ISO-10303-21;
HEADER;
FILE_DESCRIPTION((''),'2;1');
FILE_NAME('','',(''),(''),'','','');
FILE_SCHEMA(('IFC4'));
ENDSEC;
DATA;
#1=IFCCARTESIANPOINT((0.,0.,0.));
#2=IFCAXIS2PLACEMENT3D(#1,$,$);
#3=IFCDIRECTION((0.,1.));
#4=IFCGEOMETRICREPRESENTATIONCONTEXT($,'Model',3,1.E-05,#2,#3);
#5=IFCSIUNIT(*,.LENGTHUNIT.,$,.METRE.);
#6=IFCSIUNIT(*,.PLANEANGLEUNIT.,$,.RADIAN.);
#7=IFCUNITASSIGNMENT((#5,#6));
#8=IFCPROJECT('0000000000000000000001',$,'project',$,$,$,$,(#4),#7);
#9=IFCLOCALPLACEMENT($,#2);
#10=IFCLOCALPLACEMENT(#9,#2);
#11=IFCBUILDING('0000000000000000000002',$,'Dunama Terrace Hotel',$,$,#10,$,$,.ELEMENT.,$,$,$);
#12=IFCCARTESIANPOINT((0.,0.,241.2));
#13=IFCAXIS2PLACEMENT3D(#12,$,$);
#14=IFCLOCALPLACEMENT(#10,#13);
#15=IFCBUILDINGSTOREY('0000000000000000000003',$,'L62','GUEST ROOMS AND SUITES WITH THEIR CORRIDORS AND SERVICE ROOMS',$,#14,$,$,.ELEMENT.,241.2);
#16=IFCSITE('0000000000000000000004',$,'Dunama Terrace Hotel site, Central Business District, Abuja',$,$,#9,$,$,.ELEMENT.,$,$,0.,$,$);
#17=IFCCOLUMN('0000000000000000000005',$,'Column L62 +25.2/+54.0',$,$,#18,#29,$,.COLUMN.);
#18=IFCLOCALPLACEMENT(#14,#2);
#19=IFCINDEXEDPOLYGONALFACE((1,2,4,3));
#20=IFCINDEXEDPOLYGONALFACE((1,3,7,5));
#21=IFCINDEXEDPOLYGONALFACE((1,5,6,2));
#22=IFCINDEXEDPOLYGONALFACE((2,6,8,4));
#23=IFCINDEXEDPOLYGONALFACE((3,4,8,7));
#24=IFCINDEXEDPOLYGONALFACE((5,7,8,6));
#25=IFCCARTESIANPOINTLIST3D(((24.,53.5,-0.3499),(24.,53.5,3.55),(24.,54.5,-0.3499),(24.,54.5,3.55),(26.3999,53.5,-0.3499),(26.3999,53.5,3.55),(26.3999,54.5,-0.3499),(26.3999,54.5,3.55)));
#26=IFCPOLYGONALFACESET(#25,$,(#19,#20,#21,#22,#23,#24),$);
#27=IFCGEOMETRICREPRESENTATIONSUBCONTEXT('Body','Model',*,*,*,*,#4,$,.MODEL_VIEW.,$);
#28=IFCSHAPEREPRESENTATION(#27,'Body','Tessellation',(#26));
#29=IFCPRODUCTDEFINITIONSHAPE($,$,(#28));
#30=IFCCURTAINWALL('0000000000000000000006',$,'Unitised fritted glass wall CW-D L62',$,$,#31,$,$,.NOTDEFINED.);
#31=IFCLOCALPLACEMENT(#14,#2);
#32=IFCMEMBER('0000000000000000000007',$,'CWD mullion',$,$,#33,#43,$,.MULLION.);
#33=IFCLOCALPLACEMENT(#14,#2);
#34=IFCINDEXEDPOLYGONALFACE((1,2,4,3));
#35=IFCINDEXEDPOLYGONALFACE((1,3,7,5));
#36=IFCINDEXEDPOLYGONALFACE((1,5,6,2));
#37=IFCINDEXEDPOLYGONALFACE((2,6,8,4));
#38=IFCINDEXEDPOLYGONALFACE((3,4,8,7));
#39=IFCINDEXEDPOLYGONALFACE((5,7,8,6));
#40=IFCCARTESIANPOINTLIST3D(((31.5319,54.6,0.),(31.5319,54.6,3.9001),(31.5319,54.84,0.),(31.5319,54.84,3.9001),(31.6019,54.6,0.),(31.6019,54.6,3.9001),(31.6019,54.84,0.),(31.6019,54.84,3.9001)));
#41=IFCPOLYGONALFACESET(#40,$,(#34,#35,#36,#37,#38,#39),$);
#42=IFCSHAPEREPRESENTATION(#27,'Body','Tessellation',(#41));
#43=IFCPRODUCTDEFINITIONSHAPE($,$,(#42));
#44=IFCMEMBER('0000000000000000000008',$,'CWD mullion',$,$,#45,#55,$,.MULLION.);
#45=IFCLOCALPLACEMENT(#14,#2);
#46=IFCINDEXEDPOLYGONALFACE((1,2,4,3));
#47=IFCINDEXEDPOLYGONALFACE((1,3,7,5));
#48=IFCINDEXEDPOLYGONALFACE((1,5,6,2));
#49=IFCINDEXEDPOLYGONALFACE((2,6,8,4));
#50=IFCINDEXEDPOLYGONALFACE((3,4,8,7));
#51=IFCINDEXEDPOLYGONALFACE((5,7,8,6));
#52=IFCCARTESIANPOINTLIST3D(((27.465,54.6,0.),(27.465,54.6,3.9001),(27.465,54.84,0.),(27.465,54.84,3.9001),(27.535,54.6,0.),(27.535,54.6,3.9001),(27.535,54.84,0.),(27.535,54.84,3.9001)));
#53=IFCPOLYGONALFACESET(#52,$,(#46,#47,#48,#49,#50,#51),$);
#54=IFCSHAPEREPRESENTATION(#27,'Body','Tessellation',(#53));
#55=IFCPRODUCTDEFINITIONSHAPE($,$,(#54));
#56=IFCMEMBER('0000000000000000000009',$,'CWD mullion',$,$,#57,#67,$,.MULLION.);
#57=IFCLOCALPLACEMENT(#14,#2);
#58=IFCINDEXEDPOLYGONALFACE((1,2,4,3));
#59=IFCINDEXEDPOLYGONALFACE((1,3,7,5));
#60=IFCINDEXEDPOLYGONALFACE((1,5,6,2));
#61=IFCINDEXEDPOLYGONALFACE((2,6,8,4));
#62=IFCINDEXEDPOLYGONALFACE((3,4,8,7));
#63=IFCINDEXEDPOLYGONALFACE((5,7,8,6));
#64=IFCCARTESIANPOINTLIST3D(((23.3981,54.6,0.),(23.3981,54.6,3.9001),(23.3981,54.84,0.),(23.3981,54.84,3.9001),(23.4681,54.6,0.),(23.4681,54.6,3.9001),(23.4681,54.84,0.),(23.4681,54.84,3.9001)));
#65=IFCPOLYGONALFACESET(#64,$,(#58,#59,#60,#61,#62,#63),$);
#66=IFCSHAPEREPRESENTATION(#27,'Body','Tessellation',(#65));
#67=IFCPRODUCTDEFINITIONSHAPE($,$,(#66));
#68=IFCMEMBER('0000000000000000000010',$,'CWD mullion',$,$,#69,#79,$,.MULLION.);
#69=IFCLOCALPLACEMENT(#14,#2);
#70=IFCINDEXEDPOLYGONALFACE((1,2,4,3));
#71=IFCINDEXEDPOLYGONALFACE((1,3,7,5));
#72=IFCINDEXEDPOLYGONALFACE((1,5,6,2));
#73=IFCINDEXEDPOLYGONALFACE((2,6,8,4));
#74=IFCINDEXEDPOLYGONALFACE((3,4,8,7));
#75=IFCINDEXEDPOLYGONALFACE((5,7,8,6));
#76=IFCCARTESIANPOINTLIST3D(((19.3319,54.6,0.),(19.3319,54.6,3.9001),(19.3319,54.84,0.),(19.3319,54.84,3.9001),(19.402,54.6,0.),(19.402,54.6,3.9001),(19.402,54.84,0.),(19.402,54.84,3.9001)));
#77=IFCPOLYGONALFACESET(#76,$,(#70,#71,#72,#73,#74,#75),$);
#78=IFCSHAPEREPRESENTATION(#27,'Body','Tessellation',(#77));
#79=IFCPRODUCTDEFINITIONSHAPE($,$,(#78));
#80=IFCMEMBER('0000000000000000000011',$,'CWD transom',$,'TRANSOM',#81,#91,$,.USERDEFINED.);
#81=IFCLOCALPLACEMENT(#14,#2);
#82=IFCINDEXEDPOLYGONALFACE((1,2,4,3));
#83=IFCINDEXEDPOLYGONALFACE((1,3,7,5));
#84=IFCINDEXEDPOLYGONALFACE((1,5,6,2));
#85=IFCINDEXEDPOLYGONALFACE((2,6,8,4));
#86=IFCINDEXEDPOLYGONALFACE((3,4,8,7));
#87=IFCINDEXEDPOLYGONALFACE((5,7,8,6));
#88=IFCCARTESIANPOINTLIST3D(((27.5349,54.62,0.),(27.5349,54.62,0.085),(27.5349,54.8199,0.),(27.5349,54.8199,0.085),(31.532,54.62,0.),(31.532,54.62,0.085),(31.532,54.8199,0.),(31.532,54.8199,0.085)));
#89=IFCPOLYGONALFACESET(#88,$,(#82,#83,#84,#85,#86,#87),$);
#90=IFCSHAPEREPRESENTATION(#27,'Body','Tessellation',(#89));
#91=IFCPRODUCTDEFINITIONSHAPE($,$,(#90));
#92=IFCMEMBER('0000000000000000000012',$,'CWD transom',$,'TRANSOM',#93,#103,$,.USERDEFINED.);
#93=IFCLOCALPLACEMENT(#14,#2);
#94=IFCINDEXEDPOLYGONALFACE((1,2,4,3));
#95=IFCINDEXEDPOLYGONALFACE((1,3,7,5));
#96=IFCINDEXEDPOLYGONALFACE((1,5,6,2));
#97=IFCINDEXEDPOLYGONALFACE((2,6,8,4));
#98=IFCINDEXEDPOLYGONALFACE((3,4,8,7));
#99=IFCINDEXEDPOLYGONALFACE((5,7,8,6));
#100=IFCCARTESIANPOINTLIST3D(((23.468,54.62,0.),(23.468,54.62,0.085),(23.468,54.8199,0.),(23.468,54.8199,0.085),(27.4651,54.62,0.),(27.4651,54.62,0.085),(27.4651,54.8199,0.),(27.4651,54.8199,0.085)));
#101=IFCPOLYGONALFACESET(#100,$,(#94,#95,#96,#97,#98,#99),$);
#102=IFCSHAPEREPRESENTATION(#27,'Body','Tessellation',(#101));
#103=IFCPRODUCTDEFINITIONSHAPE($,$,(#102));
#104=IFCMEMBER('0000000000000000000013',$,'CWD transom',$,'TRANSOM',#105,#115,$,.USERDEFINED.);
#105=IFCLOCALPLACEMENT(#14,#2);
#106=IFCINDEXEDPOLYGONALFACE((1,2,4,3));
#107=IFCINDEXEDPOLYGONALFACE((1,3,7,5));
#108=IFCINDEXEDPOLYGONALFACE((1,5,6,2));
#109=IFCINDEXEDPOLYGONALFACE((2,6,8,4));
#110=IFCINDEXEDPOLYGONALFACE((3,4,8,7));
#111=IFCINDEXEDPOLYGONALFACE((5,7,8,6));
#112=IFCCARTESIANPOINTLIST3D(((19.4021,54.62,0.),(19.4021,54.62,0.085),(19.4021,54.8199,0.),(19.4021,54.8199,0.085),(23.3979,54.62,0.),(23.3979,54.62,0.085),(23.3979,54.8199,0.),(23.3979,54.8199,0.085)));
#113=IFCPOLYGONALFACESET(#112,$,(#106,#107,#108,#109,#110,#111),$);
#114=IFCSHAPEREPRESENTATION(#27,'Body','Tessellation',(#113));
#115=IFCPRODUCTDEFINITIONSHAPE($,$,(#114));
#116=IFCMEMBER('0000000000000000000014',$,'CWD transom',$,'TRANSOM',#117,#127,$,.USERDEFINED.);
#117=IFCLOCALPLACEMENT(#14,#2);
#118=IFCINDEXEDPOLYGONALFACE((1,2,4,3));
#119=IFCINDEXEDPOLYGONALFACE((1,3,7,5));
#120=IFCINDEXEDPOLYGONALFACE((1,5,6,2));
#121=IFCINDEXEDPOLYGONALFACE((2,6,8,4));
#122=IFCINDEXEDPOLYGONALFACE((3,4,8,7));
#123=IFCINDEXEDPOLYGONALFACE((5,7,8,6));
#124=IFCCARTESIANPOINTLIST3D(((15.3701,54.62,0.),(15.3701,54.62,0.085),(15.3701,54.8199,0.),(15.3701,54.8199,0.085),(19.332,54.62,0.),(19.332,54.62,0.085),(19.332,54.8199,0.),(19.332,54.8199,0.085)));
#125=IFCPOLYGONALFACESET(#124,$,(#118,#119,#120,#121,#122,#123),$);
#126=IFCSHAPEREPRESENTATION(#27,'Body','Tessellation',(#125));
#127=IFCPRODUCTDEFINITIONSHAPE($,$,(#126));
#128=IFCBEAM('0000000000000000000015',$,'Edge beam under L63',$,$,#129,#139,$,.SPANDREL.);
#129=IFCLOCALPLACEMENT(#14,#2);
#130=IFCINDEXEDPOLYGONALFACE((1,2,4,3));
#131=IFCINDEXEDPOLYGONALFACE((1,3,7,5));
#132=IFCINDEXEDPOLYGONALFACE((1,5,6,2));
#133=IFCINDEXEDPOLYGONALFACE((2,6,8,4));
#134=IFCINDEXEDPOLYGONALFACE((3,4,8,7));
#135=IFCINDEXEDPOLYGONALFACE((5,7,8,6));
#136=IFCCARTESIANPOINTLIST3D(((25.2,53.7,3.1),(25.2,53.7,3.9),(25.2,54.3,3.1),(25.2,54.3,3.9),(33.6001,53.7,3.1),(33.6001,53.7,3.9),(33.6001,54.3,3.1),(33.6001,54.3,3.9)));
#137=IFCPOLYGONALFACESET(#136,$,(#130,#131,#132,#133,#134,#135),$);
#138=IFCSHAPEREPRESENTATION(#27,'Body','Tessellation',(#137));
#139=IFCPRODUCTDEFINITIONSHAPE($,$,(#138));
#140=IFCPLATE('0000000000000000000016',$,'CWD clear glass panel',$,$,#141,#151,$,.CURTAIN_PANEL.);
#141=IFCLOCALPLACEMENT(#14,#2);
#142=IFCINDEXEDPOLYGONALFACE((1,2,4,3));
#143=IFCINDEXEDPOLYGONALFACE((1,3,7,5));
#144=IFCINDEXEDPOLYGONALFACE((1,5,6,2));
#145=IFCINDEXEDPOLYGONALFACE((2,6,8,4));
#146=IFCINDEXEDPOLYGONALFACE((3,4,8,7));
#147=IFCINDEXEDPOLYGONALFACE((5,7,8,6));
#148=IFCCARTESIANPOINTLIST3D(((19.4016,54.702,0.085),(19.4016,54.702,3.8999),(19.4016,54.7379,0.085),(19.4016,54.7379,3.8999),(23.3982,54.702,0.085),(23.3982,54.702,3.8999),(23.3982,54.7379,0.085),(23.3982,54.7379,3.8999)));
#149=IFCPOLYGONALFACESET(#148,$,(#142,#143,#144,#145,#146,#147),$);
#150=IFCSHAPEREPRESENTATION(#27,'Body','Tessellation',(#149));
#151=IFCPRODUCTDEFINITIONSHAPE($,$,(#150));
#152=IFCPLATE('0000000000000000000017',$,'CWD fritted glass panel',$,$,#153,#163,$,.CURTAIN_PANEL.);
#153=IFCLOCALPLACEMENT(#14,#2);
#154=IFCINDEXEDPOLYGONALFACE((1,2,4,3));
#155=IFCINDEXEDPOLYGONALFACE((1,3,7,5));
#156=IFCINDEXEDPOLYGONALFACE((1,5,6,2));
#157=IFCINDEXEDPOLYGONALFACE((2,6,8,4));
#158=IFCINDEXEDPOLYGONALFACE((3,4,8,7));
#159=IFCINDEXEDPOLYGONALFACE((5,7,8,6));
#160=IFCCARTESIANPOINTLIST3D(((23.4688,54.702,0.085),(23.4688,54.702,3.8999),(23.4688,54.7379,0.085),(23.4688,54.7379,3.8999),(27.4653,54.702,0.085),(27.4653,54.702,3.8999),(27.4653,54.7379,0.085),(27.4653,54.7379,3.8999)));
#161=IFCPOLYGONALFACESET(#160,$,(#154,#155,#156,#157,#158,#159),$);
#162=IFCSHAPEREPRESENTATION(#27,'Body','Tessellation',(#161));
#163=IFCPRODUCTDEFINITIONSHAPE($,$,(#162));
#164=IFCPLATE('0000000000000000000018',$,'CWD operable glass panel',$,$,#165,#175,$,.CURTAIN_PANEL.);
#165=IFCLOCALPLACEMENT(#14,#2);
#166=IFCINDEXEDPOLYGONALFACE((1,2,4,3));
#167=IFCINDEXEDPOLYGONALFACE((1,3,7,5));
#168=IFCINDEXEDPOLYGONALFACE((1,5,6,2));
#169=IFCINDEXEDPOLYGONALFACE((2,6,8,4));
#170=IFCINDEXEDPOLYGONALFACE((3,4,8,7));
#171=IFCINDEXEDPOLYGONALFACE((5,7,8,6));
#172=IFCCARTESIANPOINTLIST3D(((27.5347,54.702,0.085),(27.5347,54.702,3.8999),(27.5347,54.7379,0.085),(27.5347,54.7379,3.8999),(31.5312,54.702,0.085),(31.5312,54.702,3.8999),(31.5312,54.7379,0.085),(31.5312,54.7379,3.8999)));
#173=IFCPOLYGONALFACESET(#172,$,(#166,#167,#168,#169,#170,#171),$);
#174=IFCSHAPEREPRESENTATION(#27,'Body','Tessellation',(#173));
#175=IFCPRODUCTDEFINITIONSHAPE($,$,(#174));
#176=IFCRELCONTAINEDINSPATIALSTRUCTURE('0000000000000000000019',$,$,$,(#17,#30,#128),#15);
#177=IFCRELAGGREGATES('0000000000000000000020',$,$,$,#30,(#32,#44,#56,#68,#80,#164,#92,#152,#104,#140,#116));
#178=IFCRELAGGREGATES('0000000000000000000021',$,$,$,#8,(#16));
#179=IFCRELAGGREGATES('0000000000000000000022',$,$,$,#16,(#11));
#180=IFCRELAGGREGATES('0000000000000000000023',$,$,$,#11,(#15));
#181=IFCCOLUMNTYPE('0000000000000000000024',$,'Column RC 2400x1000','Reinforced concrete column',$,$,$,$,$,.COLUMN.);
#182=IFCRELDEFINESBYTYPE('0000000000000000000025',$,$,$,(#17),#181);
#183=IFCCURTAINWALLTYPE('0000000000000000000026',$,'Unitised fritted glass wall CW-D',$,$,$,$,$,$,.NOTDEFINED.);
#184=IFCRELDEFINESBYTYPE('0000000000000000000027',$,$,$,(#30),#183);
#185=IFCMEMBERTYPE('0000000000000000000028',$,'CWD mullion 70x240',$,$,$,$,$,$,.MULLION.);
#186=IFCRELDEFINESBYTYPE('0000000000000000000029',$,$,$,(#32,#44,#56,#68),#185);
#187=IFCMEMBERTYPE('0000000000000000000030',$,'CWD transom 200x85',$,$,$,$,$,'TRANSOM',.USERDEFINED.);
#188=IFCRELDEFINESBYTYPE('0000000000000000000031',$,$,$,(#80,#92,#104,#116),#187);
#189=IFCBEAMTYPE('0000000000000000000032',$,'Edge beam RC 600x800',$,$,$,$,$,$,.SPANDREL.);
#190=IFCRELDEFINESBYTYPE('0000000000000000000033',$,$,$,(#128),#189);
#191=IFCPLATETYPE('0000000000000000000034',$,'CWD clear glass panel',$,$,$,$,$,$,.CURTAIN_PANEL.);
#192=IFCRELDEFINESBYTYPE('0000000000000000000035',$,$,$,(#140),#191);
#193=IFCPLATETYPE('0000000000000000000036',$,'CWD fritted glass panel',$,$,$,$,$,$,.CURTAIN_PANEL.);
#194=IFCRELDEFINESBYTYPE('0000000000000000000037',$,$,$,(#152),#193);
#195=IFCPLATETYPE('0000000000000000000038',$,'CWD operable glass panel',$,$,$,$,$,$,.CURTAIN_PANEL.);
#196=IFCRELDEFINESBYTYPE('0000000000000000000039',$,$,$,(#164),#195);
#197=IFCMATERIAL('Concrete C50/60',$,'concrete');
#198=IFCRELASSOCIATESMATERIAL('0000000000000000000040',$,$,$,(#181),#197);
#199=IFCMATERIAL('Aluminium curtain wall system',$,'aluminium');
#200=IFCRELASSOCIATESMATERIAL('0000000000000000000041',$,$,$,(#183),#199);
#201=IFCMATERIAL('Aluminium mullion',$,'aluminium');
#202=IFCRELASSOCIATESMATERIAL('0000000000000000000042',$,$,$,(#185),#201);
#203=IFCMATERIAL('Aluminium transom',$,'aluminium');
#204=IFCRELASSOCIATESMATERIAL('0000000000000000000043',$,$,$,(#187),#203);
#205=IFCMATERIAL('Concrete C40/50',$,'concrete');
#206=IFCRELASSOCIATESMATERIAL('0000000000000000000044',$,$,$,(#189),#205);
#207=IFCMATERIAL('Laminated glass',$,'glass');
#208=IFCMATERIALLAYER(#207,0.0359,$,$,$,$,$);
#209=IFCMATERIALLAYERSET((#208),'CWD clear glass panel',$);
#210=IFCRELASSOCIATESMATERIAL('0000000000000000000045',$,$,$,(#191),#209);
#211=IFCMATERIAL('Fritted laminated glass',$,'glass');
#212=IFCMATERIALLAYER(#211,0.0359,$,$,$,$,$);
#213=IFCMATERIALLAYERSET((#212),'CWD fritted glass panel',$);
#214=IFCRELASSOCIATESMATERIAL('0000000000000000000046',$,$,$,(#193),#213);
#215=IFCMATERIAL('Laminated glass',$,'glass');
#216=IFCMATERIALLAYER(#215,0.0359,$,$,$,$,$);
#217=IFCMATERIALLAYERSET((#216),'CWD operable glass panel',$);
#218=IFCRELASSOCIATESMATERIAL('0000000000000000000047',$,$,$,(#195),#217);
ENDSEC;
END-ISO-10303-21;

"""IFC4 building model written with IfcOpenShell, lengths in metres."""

from ifc_helpers import new_model, si_unit, direction, frame, origin, origin_2d, place, context, subcontext, project, spatial, rectangle, extrude, material, layer, layer_set, material_profile, profile_set, type_object, element, aggregate, save


model = new_model("IFC4")

# Units and contexts
model_context = context("Model", 3, precision=1e-05, world=origin(), true_north=direction((0.0, 1.0)))
body_context = subcontext(model_context, "Body", "Model", "MODEL_VIEW")
ifc_project = project(units=[si_unit("LENGTHUNIT", "METRE"), si_unit("PLANEANGLEUNIT", "RADIAN")], contexts=[model_context])

# Site, building, storey
site_placement = place(None, origin())
site = spatial("IfcSite", under=ifc_project, at=site_placement, Name="Dunama Terrace Hotel site, Central Business District, Abuja", CompositionType="ELEMENT", RefElevation=0.0)
building_placement = place(site_placement, origin())
building = spatial("IfcBuilding", under=site, at=building_placement, Name="Dunama Terrace Hotel", CompositionType="ELEMENT")
storey_placement = place(building_placement, frame((0.0, 0.0, 241.2)))
storey = spatial("IfcBuildingStorey", under=building, at=storey_placement, Name="L62", Description="GUEST ROOMS AND SUITES WITH THEIR CORRIDORS AND SERVICE ROOMS", CompositionType="ELEMENT", Elevation=241.2)

# Column
ifc_material_1 = material(Name="Concrete C50/60", Category="concrete")
ifc_material_profile_1 = material_profile(ifc_material_1, rectangle(XDim=2.3999, YDim=1.0, at=origin_2d()), Name="RC 2400x1000")
ifc_profile_set_1 = profile_set([ifc_material_profile_1], Name="Concrete C50/60")
column_type = type_object("IfcColumnType", Name="Column RC 2400x1000", Description="Reinforced concrete column", PredefinedType="COLUMN", material=ifc_profile_set_1)
column_placement = place(storey_placement, frame((25.2, 54.0, -0.3499), z_axis=(0.0, 0.0, 1.0), x_axis=(1.0, 0.0, 0.0)))
element("IfcColumn", 1, at=column_placement, inside=storey, type_object=column_type, Name="Column L62 +25.2/+54.0", PredefinedType="COLUMN", context=body_context, shape_type="SweptSolid", body=[
    extrude(rectangle(XDim=2.3999, YDim=1.0, at=origin_2d()), origin(), (0.0, 0.0, 1.0), 3.8999),
])

# Curtain wall, members
ifc_material_2 = material(Name="Aluminium curtain wall system", Category="aluminium")
curtain_wall_type = type_object("IfcCurtainWallType", Name="Unitised fritted glass wall CW-D", PredefinedType="NOTDEFINED", material=ifc_material_2)
curtain_wall_placement = place(storey_placement, origin())
curtain_wall = element("IfcCurtainWall", 2, at=curtain_wall_placement, inside=storey, type_object=curtain_wall_type, Name="Unitised fritted glass wall CW-D L62", PredefinedType="NOTDEFINED")
ifc_material_3 = material(Name="Aluminium mullion", Category="aluminium")
ifc_material_profile_2 = material_profile(ifc_material_3, rectangle(XDim=0.0701, YDim=0.24, at=origin_2d()), Name="CWD MULLION 70X240")
ifc_profile_set_2 = profile_set([ifc_material_profile_2], Name="Aluminium mullion")
member_type_1 = type_object("IfcMemberType", Name="CWD mullion 70x240", PredefinedType="MULLION", material=ifc_profile_set_2)
member_1_placement = place(storey_placement, frame((31.5669, 54.72, 0.0), z_axis=(0.0, 0.0, 1.0), x_axis=(-1.0, 0.0, 0.0)))
member_1 = element("IfcMember", 3, at=member_1_placement, type_object=member_type_1, Name="CWD mullion", PredefinedType="MULLION", context=body_context, shape_type="SweptSolid", body=[
    extrude(rectangle(XDim=0.0701, YDim=0.24, at=origin_2d()), origin(), (0.0, 0.0, 1.0), 3.9001),
])
member_2_placement = place(storey_placement, frame((27.5, 54.72, 0.0), z_axis=(0.0, 0.0, 1.0), x_axis=(-1.0, 0.0, 0.0)))
member_2 = element("IfcMember", 4, at=member_2_placement, type_object=member_type_1, Name="CWD mullion", PredefinedType="MULLION", context=body_context, shape_type="SweptSolid", body=[
    extrude(rectangle(XDim=0.0701, YDim=0.24, at=origin_2d()), origin(), (0.0, 0.0, 1.0), 3.9001),
])
member_3_placement = place(storey_placement, frame((23.4331, 54.72, 0.0), z_axis=(0.0, 0.0, 1.0), x_axis=(-1.0, 0.0, 0.0)))
member_3 = element("IfcMember", 5, at=member_3_placement, type_object=member_type_1, Name="CWD mullion", PredefinedType="MULLION", context=body_context, shape_type="SweptSolid", body=[
    extrude(rectangle(XDim=0.0701, YDim=0.24, at=origin_2d()), origin(), (0.0, 0.0, 1.0), 3.9001),
])
member_4_placement = place(storey_placement, frame((19.3669, 54.72, 0.0), z_axis=(0.0, 0.0, 1.0), x_axis=(-1.0, 0.0, 0.0)))
member_4 = element("IfcMember", 6, at=member_4_placement, type_object=member_type_1, Name="CWD mullion", PredefinedType="MULLION", context=body_context, shape_type="SweptSolid", body=[
    extrude(rectangle(XDim=0.0701, YDim=0.24, at=origin_2d()), origin(), (0.0, 0.0, 1.0), 3.9001),
])
ifc_material_4 = material(Name="Aluminium transom", Category="aluminium")
ifc_material_profile_3 = material_profile(ifc_material_4, rectangle(XDim=0.2, YDim=0.085, at=origin_2d()), Name="CWD TRANSOM 200X85")
ifc_profile_set_3 = profile_set([ifc_material_profile_3], Name="Aluminium transom")
member_type_2 = type_object("IfcMemberType", Name="CWD transom 200x85", ElementType="TRANSOM", PredefinedType="USERDEFINED", material=ifc_profile_set_3)
member_5_placement = place(storey_placement, frame((31.532, 54.72, 0.0425), z_axis=(-1.0, 0.0, 0.0), x_axis=(0.0, -1.0, 0.0)))
member_5 = element("IfcMember", 7, at=member_5_placement, type_object=member_type_2, Name="CWD transom", ObjectType="TRANSOM", PredefinedType="USERDEFINED", context=body_context, shape_type="SweptSolid", body=[
    extrude(rectangle(XDim=0.2, YDim=0.085, at=origin_2d()), origin(), (0.0, 0.0, 1.0), 3.9971),
])
member_6_placement = place(storey_placement, frame((27.4651, 54.72, 0.0425), z_axis=(-1.0, 0.0, 0.0), x_axis=(0.0, -1.0, 0.0)))
member_6 = element("IfcMember", 8, at=member_6_placement, type_object=member_type_2, Name="CWD transom", ObjectType="TRANSOM", PredefinedType="USERDEFINED", context=body_context, shape_type="SweptSolid", body=[
    extrude(rectangle(XDim=0.2, YDim=0.085, at=origin_2d()), origin(), (0.0, 0.0, 1.0), 3.9971),
])
member_7_placement = place(storey_placement, frame((23.3979, 54.72, 0.0425), z_axis=(-1.0, 0.0, 0.0), x_axis=(0.0, -1.0, 0.0)))
member_7 = element("IfcMember", 9, at=member_7_placement, type_object=member_type_2, Name="CWD transom", ObjectType="TRANSOM", PredefinedType="USERDEFINED", context=body_context, shape_type="SweptSolid", body=[
    extrude(rectangle(XDim=0.2, YDim=0.085, at=origin_2d()), origin(), (0.0, 0.0, 1.0), 3.9958),
])
member_8_placement = place(storey_placement, frame((19.332, 54.72, 0.0425), z_axis=(-1.0, 0.0, 0.0), x_axis=(0.0, -1.0, 0.0)))
member_8 = element("IfcMember", 10, at=member_8_placement, type_object=member_type_2, Name="CWD transom", ObjectType="TRANSOM", PredefinedType="USERDEFINED", context=body_context, shape_type="SweptSolid", body=[
    extrude(rectangle(XDim=0.2, YDim=0.085, at=origin_2d()), origin(), (0.0, 0.0, 1.0), 3.9619),
])

# Beam
ifc_material_5 = material(Name="Concrete C40/50", Category="concrete")
ifc_material_profile_4 = material_profile(ifc_material_5, rectangle(XDim=0.6001, YDim=0.8, at=origin_2d()), Name="RC 600x800")
ifc_profile_set_4 = profile_set([ifc_material_profile_4], Name="Concrete C40/50")
beam_type = type_object("IfcBeamType", Name="Edge beam RC 600x800", PredefinedType="SPANDREL", material=ifc_profile_set_4)
beam_placement = place(storey_placement, frame((25.2, 54.0, 3.5), z_axis=(1.0, 0.0, 0.0), x_axis=(0.0, 1.0, 0.0)))
element("IfcBeam", 11, at=beam_placement, inside=storey, type_object=beam_type, Name="Edge beam under L63", PredefinedType="SPANDREL", context=body_context, shape_type="SweptSolid", body=[
    extrude(rectangle(XDim=0.6001, YDim=0.8, at=origin_2d()), origin(), (0.0, 0.0, 1.0), 8.4001),
])

# Plates
ifc_material_6 = material(Name="Laminated glass", Category="glass")
ifc_layer_1 = layer(ifc_material_6, 0.0359)
ifc_layer_set_1 = layer_set([ifc_layer_1], Name="CWD clear glass panel")
plate_type_1 = type_object("IfcPlateType", Name="CWD clear glass panel", PredefinedType="CURTAIN_PANEL", material=ifc_layer_set_1)
plate_1_placement = place(storey_placement, frame((21.3999, 54.72, 0.085), z_axis=(0.0, 0.0, 1.0), x_axis=(-1.0, 0.0, 0.0)))
plate_1 = element("IfcPlate", 12, at=plate_1_placement, type_object=plate_type_1, Name="CWD clear glass panel", PredefinedType="CURTAIN_PANEL", context=body_context, shape_type="SweptSolid", body=[
    extrude(rectangle(XDim=3.9966, YDim=0.0359, at=origin_2d()), origin(), (0.0, 0.0, 1.0), 3.8149),
])
ifc_material_7 = material(Name="Fritted laminated glass", Category="glass")
ifc_layer_2 = layer(ifc_material_7, 0.0359)
ifc_layer_set_2 = layer_set([ifc_layer_2], Name="CWD fritted glass panel")
plate_type_2 = type_object("IfcPlateType", Name="CWD fritted glass panel", PredefinedType="CURTAIN_PANEL", material=ifc_layer_set_2)
plate_2_placement = place(storey_placement, frame((25.467, 54.72, 0.085), z_axis=(0.0, 0.0, 1.0), x_axis=(-1.0, 0.0, 0.0)))
plate_2 = element("IfcPlate", 13, at=plate_2_placement, type_object=plate_type_2, Name="CWD fritted glass panel", PredefinedType="CURTAIN_PANEL", context=body_context, shape_type="SweptSolid", body=[
    extrude(rectangle(XDim=3.9966, YDim=0.0359, at=origin_2d()), origin(), (0.0, 0.0, 1.0), 3.8149),
])
ifc_material_8 = material(Name="Laminated glass", Category="glass")
ifc_layer_3 = layer(ifc_material_8, 0.0359)
ifc_layer_set_3 = layer_set([ifc_layer_3], Name="CWD operable glass panel")
plate_type_3 = type_object("IfcPlateType", Name="CWD operable glass panel", PredefinedType="CURTAIN_PANEL", material=ifc_layer_set_3)
plate_3_placement = place(storey_placement, frame((29.533, 54.72, 0.085), z_axis=(0.0, 0.0, 1.0), x_axis=(-1.0, 0.0, 0.0)))
plate_3 = element("IfcPlate", 14, at=plate_3_placement, type_object=plate_type_3, Name="CWD operable glass panel", PredefinedType="CURTAIN_PANEL", context=body_context, shape_type="SweptSolid", body=[
    extrude(rectangle(XDim=3.9966, YDim=0.0359, at=origin_2d()), origin(), (0.0, 0.0, 1.0), 3.8149),
])
aggregate(curtain_wall, [member_1, member_2, member_3, member_4, member_5, plate_3, member_6, plate_2, member_7, plate_1, member_8])

save(model, "model.ifc")
